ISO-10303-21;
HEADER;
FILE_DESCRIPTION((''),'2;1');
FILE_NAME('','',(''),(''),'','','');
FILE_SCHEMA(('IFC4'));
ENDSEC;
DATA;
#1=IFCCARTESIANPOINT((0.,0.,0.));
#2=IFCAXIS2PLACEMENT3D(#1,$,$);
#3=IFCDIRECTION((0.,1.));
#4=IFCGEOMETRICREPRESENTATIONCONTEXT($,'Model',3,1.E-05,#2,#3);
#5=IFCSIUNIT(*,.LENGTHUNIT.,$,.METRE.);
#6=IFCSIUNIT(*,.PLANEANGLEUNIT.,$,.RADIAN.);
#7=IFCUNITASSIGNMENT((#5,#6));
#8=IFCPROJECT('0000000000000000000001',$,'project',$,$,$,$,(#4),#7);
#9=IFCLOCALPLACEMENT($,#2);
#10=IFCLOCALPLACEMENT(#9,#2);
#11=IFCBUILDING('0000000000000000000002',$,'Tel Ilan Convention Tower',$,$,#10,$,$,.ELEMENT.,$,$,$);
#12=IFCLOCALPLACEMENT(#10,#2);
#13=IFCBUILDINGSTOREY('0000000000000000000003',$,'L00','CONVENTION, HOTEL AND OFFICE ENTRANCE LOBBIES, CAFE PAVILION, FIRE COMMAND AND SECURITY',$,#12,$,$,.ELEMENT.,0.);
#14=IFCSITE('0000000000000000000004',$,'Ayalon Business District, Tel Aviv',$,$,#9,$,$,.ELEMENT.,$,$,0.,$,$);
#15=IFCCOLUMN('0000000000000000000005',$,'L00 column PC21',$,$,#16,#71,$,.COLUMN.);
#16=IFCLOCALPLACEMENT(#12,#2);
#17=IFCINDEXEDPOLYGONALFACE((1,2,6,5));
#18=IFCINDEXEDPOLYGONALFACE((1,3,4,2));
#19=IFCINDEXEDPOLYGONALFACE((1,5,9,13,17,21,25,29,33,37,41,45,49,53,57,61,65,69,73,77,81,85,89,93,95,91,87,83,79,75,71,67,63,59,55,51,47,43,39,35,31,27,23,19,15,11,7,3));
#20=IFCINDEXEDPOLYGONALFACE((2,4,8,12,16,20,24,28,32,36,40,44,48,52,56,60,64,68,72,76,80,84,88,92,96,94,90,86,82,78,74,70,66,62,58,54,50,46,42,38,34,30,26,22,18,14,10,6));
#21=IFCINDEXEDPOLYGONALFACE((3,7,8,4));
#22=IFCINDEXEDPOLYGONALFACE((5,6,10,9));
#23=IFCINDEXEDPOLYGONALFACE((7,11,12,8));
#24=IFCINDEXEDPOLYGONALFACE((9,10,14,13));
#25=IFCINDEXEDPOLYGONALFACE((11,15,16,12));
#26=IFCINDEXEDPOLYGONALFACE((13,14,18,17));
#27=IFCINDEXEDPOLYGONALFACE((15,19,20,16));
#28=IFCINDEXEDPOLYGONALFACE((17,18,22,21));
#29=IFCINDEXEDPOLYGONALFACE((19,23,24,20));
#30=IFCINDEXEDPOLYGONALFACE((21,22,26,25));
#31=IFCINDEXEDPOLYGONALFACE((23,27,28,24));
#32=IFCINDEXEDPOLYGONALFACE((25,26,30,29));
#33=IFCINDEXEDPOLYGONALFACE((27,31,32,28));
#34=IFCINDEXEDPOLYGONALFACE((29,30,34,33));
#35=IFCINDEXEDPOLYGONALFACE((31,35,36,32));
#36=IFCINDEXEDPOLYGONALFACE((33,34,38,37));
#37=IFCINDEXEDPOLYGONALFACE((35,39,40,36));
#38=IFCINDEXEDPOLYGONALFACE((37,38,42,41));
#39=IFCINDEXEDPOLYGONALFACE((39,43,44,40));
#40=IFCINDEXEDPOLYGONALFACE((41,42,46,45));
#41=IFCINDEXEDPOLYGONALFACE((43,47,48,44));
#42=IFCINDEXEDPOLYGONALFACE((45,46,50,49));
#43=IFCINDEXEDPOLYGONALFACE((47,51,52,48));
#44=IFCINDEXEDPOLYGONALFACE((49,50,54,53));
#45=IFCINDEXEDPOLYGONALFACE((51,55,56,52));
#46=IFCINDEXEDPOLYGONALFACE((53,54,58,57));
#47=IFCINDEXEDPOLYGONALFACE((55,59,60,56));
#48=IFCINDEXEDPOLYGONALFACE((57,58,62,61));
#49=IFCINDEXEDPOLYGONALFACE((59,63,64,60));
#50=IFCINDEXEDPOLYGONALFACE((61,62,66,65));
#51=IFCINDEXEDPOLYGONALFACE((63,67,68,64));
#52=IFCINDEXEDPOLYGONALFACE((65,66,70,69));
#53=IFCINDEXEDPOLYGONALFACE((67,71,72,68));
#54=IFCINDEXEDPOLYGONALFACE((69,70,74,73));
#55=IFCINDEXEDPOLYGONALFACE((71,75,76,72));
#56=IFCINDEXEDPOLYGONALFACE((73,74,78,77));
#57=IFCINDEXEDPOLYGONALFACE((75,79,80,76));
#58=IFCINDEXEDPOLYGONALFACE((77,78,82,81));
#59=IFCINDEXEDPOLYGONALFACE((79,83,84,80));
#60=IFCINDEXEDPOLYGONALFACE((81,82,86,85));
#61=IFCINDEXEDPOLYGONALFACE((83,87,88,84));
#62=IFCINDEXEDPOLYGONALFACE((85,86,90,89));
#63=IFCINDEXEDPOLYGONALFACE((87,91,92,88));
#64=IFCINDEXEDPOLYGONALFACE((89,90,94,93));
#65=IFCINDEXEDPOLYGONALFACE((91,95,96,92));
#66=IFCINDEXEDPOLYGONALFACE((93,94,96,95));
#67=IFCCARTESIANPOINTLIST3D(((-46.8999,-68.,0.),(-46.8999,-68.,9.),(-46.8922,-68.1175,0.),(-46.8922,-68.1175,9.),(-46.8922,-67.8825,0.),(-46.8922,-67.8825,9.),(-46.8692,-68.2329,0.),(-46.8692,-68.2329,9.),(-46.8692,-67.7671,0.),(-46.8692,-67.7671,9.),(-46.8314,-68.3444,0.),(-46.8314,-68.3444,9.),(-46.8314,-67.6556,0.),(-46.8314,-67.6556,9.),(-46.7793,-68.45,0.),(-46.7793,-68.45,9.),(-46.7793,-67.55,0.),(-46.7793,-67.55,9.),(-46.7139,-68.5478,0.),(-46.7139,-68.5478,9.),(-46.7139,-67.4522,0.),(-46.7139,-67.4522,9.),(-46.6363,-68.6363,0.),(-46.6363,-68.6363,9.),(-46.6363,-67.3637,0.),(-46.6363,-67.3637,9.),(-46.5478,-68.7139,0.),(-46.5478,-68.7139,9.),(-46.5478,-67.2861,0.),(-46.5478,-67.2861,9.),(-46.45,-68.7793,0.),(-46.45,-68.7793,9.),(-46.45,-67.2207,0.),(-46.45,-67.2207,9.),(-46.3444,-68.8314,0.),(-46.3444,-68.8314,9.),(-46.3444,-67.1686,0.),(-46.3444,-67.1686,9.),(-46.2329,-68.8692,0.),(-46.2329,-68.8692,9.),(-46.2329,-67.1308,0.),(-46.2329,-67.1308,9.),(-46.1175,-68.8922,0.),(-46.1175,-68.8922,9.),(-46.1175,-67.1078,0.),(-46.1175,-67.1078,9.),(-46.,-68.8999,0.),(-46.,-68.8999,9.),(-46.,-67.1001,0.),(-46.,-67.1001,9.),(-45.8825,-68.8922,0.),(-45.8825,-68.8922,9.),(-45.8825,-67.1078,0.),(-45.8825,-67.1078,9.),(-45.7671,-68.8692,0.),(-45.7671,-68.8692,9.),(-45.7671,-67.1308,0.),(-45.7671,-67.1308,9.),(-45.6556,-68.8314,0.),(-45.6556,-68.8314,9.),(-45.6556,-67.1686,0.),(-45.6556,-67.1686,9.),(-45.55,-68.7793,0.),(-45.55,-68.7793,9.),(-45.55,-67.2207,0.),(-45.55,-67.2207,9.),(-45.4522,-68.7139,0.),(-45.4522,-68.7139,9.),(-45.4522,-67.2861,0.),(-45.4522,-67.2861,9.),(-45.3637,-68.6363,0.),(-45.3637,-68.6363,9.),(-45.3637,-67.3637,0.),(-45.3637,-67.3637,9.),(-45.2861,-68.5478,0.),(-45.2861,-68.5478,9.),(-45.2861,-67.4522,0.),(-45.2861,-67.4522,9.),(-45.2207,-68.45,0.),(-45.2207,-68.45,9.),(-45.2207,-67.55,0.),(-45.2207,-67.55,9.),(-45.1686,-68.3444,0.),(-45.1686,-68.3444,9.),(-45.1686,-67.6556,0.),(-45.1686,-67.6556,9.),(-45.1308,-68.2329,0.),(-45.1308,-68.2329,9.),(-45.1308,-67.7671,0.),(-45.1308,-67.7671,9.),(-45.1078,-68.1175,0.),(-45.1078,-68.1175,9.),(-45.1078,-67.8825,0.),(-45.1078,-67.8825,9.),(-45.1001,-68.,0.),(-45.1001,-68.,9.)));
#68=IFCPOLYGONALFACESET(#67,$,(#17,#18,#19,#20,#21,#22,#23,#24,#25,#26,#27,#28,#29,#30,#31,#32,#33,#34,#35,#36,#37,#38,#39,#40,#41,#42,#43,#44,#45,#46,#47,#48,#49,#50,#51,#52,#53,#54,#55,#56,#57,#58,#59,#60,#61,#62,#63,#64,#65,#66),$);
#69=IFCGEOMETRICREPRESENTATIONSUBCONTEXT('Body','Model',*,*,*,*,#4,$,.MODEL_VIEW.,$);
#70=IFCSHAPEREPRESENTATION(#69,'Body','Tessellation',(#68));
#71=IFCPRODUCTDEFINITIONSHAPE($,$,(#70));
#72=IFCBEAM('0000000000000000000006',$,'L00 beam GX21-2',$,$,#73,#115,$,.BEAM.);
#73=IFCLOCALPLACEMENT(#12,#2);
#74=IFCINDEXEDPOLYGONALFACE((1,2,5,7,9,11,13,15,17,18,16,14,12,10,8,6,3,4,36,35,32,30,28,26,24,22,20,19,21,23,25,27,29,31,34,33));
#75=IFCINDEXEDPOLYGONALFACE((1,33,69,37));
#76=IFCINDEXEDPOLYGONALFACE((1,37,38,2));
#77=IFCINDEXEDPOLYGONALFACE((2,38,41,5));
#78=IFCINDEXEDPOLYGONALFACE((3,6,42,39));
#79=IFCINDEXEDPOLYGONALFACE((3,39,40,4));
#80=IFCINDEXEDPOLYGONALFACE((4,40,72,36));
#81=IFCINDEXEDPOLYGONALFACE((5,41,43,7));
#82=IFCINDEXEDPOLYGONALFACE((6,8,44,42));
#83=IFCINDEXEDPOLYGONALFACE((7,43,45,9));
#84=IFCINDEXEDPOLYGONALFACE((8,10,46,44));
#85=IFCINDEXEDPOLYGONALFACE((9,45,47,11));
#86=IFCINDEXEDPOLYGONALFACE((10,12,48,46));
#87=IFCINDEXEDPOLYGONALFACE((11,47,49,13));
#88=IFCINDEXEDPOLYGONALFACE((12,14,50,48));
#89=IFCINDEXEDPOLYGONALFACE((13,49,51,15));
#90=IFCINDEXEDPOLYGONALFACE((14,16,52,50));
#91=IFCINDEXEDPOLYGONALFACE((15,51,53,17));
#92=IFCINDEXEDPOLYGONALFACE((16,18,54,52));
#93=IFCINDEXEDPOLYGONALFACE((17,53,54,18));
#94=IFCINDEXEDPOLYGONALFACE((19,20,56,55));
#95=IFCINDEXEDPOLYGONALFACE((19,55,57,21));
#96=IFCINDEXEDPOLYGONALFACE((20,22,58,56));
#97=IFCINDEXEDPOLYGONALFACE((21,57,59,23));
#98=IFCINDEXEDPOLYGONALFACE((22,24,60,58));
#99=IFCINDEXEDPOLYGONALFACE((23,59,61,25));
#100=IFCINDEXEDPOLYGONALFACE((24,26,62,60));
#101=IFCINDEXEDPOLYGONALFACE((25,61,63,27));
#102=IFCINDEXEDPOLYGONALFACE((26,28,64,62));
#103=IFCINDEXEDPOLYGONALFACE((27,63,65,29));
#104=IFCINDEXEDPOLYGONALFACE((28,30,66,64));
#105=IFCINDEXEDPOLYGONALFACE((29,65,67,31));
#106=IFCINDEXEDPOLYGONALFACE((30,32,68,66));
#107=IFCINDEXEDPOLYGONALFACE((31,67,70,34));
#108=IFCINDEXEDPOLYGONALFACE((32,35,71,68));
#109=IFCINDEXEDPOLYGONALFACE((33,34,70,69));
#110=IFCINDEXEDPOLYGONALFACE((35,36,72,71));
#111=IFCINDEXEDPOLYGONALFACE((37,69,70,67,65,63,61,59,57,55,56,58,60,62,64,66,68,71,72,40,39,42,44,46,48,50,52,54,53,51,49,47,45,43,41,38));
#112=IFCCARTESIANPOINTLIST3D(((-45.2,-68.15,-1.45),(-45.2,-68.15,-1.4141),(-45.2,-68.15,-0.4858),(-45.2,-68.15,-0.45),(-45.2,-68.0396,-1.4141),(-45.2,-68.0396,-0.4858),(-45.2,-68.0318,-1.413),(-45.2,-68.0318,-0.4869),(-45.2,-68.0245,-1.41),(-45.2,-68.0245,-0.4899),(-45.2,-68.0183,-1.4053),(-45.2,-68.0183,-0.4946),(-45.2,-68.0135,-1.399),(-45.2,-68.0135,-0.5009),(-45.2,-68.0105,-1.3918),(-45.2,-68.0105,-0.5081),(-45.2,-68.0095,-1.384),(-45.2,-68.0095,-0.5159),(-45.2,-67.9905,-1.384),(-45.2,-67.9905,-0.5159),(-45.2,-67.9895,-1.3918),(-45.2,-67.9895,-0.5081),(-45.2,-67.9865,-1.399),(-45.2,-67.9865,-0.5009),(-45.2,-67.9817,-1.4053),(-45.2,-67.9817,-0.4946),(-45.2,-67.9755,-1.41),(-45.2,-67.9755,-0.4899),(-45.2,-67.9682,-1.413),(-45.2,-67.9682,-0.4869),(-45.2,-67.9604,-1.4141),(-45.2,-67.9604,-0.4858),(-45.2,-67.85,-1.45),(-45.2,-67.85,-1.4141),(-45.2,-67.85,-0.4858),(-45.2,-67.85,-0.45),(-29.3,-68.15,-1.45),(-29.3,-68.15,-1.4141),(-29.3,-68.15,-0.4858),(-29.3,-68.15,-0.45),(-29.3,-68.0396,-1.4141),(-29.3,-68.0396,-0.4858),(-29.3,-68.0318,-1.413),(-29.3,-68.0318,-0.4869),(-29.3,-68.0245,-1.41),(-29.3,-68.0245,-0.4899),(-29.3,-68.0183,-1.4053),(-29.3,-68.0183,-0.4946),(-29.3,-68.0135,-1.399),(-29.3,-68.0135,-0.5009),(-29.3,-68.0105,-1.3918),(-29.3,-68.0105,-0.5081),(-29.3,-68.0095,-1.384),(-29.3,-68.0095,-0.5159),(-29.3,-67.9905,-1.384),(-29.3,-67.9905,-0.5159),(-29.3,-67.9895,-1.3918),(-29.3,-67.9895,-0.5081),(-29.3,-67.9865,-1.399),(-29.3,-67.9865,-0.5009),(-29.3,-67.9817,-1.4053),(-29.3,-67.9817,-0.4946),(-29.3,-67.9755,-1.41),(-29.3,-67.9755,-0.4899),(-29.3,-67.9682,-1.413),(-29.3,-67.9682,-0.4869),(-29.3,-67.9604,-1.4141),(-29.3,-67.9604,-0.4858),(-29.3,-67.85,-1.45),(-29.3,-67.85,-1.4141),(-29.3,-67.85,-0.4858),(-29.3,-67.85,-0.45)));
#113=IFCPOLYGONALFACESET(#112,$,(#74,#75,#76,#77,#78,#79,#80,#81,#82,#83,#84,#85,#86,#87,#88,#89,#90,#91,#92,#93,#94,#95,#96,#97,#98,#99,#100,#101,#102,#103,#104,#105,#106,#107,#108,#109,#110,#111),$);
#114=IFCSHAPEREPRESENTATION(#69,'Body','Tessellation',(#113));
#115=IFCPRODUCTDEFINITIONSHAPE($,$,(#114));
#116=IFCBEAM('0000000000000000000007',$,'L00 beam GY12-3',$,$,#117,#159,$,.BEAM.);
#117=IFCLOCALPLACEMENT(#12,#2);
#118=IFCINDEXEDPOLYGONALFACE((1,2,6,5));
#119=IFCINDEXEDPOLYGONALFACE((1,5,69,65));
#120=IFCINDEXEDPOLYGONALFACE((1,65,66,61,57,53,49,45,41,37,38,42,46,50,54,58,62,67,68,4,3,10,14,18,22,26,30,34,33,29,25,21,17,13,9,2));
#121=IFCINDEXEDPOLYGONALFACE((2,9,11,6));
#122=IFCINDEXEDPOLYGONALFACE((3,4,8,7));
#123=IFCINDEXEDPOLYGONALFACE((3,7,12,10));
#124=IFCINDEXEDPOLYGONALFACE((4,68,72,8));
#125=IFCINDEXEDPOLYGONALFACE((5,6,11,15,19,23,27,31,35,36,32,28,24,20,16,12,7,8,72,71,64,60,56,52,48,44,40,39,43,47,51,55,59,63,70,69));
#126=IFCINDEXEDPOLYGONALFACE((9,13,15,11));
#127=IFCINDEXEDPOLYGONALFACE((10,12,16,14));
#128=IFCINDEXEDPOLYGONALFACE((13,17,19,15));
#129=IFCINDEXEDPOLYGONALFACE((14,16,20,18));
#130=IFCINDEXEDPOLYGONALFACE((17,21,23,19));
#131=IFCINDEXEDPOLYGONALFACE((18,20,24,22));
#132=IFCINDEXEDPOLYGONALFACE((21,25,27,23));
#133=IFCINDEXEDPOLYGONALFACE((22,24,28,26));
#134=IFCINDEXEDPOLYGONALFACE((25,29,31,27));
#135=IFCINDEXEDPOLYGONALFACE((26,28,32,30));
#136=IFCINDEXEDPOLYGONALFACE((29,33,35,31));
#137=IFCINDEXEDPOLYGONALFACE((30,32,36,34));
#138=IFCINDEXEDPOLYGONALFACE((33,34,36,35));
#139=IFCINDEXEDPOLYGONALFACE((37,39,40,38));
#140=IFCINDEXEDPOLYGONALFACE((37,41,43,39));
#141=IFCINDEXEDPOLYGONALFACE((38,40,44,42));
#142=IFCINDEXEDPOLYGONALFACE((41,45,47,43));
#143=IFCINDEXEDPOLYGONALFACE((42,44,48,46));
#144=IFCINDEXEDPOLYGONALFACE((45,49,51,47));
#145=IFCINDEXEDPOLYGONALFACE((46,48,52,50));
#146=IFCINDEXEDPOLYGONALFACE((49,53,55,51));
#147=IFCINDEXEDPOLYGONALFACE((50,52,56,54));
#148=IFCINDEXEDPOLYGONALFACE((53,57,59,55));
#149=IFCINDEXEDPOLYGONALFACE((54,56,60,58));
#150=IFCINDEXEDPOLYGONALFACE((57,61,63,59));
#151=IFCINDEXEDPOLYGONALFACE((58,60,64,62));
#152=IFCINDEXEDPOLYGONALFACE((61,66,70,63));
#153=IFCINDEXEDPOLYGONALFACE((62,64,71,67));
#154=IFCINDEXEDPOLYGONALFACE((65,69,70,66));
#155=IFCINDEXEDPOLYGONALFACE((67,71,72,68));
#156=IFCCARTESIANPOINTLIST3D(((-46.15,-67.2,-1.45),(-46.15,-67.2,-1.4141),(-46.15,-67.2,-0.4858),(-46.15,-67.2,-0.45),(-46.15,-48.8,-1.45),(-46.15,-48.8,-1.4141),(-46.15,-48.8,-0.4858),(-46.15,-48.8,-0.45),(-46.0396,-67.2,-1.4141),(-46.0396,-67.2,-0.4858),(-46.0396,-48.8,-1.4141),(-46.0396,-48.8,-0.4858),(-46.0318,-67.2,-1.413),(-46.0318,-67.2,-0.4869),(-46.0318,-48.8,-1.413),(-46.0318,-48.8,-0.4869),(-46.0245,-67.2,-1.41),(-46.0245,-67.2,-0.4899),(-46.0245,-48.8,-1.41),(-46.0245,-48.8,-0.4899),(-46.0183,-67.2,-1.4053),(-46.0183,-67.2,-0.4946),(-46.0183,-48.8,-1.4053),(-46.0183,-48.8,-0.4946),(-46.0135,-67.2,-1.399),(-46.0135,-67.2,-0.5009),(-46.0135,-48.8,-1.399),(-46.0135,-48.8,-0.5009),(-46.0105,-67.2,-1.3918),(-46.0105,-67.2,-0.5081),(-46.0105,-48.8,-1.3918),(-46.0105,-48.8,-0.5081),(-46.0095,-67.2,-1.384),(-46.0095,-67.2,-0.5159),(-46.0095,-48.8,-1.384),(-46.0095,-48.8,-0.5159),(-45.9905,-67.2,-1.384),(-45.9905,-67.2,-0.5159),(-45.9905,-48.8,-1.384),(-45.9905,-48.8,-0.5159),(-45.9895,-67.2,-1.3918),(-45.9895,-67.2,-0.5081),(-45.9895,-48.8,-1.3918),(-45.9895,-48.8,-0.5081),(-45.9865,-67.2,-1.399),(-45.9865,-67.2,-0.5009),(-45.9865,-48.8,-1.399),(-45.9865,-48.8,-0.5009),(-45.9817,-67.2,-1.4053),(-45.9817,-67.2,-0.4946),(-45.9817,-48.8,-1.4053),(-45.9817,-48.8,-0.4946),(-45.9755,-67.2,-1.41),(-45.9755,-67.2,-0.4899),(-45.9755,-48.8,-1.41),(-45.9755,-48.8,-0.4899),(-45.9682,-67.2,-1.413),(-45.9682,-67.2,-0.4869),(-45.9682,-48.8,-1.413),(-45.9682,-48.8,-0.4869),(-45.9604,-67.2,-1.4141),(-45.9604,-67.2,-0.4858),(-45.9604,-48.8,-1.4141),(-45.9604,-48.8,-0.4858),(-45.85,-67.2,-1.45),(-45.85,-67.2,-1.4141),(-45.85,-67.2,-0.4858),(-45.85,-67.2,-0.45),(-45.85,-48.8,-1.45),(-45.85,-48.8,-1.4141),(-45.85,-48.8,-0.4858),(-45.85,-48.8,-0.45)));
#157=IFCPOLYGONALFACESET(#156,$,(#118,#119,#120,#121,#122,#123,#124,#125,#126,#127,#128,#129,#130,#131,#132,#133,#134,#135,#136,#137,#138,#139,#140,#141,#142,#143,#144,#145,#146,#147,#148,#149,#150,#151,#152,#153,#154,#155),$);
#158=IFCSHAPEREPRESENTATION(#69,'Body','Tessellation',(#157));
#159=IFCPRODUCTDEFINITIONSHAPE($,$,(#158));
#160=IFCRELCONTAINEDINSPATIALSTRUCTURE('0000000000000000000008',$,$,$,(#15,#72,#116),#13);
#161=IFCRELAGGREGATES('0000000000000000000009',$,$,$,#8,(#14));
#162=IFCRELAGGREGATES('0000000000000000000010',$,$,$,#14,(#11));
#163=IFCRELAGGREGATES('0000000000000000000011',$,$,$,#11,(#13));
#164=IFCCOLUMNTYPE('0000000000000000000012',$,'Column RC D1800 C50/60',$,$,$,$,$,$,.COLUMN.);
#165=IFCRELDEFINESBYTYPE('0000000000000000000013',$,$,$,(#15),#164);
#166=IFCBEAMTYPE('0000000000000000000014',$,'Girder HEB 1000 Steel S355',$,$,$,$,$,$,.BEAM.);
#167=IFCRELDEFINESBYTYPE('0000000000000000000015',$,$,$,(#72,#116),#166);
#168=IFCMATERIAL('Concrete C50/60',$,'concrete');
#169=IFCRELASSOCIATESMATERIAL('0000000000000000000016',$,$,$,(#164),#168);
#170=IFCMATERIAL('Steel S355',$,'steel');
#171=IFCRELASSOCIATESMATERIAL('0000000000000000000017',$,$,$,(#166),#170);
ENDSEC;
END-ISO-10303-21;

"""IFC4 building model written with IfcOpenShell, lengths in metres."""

from ifc_helpers import new_model, si_unit, direction, frame, origin, origin_2d, place, context, subcontext, project, spatial, circle, i_section, extrude, material, material_profile, profile_set, type_object, element, save


model = new_model("IFC4")

# Units and contexts
model_context = context("Model", 3, precision=1e-05, world=origin(), true_north=direction((0.0, 1.0)))
body_context = subcontext(model_context, "Body", "Model", "MODEL_VIEW")
ifc_project = project(units=[si_unit("LENGTHUNIT", "METRE"), si_unit("PLANEANGLEUNIT", "RADIAN")], contexts=[model_context])

# Site, building, storey
site_placement = place(None, origin())
site = spatial("IfcSite", under=ifc_project, at=site_placement, Name="Ayalon Business District, Tel Aviv", CompositionType="ELEMENT", RefElevation=0.0)
building_placement = place(site_placement, origin())
building = spatial("IfcBuilding", under=site, at=building_placement, Name="Tel Ilan Convention Tower", CompositionType="ELEMENT")
storey_placement = place(building_placement, origin())
storey = spatial("IfcBuildingStorey", under=building, at=storey_placement, Name="L00", Description="CONVENTION, HOTEL AND OFFICE ENTRANCE LOBBIES, CAFE PAVILION, FIRE COMMAND AND SECURITY", CompositionType="ELEMENT", Elevation=0.0)

# Column
ifc_material_1 = material(Name="Concrete C50/60", Category="concrete")
ifc_material_profile_1 = material_profile(ifc_material_1, circle(Radius=0.8999, at=origin_2d()), Name="RC D1800")
ifc_profile_set_1 = profile_set([ifc_material_profile_1], Name="Concrete C50/60")
column_type = type_object("IfcColumnType", Name="Column RC D1800 C50/60", PredefinedType="COLUMN", material=ifc_profile_set_1)
column_placement = place(storey_placement, frame((-46.0, -68.0, 0.0), z_axis=(0.0, 0.0, 1.0), x_axis=(1.0, 0.0, 0.0)))
element("IfcColumn", 1, at=column_placement, inside=storey, type_object=column_type, Name="L00 column PC21", PredefinedType="COLUMN", context=body_context, shape_type="SweptSolid", body=[
    extrude(circle(Radius=0.8999, at=origin_2d()), origin(), (0.0, 0.0, 1.0), 9.0),
])

# Beams
ifc_material_2 = material(Name="Steel S355", Category="steel")
ifc_material_profile_2 = material_profile(ifc_material_2, i_section(OverallWidth=0.3, OverallDepth=1.0, WebThickness=0.019, FlangeThickness=0.0359, FilletRadius=0.03, at=origin_2d()), Name="HEB 1000")
ifc_profile_set_2 = profile_set([ifc_material_profile_2], Name="Steel S355")
beam_type_1 = type_object("IfcBeamType", Name="Girder HEB 1000 Steel S355", PredefinedType="BEAM", material=ifc_profile_set_2)
beam_1_placement = place(storey_placement, frame((-45.2, -68.0, -0.95), z_axis=(1.0, 0.0, 0.0), x_axis=(0.0, 1.0, 0.0)))
element("IfcBeam", 2, at=beam_1_placement, inside=storey, type_object=beam_type_1, Name="L00 beam GX21-2", PredefinedType="BEAM", context=body_context, shape_type="SweptSolid", body=[
    extrude(i_section(OverallWidth=0.3, OverallDepth=1.0, WebThickness=0.019, FlangeThickness=0.0359, FilletRadius=0.03, at=origin_2d()), origin(), (0.0, 0.0, 1.0), 15.8999),
])
beam_2_placement = place(storey_placement, frame((-46.0, -67.2, -0.95), z_axis=(0.0, 1.0, 0.0), x_axis=(-1.0, 0.0, 0.0)))
element("IfcBeam", 3, at=beam_2_placement, inside=storey, type_object=beam_type_1, Name="L00 beam GY12-3", PredefinedType="BEAM", context=body_context, shape_type="SweptSolid", body=[
    extrude(i_section(OverallWidth=0.3, OverallDepth=1.0, WebThickness=0.019, FlangeThickness=0.0359, FilletRadius=0.03, at=origin_2d()), origin(), (0.0, 0.0, 1.0), 18.3999),
])

save(model, "model.ifc")
